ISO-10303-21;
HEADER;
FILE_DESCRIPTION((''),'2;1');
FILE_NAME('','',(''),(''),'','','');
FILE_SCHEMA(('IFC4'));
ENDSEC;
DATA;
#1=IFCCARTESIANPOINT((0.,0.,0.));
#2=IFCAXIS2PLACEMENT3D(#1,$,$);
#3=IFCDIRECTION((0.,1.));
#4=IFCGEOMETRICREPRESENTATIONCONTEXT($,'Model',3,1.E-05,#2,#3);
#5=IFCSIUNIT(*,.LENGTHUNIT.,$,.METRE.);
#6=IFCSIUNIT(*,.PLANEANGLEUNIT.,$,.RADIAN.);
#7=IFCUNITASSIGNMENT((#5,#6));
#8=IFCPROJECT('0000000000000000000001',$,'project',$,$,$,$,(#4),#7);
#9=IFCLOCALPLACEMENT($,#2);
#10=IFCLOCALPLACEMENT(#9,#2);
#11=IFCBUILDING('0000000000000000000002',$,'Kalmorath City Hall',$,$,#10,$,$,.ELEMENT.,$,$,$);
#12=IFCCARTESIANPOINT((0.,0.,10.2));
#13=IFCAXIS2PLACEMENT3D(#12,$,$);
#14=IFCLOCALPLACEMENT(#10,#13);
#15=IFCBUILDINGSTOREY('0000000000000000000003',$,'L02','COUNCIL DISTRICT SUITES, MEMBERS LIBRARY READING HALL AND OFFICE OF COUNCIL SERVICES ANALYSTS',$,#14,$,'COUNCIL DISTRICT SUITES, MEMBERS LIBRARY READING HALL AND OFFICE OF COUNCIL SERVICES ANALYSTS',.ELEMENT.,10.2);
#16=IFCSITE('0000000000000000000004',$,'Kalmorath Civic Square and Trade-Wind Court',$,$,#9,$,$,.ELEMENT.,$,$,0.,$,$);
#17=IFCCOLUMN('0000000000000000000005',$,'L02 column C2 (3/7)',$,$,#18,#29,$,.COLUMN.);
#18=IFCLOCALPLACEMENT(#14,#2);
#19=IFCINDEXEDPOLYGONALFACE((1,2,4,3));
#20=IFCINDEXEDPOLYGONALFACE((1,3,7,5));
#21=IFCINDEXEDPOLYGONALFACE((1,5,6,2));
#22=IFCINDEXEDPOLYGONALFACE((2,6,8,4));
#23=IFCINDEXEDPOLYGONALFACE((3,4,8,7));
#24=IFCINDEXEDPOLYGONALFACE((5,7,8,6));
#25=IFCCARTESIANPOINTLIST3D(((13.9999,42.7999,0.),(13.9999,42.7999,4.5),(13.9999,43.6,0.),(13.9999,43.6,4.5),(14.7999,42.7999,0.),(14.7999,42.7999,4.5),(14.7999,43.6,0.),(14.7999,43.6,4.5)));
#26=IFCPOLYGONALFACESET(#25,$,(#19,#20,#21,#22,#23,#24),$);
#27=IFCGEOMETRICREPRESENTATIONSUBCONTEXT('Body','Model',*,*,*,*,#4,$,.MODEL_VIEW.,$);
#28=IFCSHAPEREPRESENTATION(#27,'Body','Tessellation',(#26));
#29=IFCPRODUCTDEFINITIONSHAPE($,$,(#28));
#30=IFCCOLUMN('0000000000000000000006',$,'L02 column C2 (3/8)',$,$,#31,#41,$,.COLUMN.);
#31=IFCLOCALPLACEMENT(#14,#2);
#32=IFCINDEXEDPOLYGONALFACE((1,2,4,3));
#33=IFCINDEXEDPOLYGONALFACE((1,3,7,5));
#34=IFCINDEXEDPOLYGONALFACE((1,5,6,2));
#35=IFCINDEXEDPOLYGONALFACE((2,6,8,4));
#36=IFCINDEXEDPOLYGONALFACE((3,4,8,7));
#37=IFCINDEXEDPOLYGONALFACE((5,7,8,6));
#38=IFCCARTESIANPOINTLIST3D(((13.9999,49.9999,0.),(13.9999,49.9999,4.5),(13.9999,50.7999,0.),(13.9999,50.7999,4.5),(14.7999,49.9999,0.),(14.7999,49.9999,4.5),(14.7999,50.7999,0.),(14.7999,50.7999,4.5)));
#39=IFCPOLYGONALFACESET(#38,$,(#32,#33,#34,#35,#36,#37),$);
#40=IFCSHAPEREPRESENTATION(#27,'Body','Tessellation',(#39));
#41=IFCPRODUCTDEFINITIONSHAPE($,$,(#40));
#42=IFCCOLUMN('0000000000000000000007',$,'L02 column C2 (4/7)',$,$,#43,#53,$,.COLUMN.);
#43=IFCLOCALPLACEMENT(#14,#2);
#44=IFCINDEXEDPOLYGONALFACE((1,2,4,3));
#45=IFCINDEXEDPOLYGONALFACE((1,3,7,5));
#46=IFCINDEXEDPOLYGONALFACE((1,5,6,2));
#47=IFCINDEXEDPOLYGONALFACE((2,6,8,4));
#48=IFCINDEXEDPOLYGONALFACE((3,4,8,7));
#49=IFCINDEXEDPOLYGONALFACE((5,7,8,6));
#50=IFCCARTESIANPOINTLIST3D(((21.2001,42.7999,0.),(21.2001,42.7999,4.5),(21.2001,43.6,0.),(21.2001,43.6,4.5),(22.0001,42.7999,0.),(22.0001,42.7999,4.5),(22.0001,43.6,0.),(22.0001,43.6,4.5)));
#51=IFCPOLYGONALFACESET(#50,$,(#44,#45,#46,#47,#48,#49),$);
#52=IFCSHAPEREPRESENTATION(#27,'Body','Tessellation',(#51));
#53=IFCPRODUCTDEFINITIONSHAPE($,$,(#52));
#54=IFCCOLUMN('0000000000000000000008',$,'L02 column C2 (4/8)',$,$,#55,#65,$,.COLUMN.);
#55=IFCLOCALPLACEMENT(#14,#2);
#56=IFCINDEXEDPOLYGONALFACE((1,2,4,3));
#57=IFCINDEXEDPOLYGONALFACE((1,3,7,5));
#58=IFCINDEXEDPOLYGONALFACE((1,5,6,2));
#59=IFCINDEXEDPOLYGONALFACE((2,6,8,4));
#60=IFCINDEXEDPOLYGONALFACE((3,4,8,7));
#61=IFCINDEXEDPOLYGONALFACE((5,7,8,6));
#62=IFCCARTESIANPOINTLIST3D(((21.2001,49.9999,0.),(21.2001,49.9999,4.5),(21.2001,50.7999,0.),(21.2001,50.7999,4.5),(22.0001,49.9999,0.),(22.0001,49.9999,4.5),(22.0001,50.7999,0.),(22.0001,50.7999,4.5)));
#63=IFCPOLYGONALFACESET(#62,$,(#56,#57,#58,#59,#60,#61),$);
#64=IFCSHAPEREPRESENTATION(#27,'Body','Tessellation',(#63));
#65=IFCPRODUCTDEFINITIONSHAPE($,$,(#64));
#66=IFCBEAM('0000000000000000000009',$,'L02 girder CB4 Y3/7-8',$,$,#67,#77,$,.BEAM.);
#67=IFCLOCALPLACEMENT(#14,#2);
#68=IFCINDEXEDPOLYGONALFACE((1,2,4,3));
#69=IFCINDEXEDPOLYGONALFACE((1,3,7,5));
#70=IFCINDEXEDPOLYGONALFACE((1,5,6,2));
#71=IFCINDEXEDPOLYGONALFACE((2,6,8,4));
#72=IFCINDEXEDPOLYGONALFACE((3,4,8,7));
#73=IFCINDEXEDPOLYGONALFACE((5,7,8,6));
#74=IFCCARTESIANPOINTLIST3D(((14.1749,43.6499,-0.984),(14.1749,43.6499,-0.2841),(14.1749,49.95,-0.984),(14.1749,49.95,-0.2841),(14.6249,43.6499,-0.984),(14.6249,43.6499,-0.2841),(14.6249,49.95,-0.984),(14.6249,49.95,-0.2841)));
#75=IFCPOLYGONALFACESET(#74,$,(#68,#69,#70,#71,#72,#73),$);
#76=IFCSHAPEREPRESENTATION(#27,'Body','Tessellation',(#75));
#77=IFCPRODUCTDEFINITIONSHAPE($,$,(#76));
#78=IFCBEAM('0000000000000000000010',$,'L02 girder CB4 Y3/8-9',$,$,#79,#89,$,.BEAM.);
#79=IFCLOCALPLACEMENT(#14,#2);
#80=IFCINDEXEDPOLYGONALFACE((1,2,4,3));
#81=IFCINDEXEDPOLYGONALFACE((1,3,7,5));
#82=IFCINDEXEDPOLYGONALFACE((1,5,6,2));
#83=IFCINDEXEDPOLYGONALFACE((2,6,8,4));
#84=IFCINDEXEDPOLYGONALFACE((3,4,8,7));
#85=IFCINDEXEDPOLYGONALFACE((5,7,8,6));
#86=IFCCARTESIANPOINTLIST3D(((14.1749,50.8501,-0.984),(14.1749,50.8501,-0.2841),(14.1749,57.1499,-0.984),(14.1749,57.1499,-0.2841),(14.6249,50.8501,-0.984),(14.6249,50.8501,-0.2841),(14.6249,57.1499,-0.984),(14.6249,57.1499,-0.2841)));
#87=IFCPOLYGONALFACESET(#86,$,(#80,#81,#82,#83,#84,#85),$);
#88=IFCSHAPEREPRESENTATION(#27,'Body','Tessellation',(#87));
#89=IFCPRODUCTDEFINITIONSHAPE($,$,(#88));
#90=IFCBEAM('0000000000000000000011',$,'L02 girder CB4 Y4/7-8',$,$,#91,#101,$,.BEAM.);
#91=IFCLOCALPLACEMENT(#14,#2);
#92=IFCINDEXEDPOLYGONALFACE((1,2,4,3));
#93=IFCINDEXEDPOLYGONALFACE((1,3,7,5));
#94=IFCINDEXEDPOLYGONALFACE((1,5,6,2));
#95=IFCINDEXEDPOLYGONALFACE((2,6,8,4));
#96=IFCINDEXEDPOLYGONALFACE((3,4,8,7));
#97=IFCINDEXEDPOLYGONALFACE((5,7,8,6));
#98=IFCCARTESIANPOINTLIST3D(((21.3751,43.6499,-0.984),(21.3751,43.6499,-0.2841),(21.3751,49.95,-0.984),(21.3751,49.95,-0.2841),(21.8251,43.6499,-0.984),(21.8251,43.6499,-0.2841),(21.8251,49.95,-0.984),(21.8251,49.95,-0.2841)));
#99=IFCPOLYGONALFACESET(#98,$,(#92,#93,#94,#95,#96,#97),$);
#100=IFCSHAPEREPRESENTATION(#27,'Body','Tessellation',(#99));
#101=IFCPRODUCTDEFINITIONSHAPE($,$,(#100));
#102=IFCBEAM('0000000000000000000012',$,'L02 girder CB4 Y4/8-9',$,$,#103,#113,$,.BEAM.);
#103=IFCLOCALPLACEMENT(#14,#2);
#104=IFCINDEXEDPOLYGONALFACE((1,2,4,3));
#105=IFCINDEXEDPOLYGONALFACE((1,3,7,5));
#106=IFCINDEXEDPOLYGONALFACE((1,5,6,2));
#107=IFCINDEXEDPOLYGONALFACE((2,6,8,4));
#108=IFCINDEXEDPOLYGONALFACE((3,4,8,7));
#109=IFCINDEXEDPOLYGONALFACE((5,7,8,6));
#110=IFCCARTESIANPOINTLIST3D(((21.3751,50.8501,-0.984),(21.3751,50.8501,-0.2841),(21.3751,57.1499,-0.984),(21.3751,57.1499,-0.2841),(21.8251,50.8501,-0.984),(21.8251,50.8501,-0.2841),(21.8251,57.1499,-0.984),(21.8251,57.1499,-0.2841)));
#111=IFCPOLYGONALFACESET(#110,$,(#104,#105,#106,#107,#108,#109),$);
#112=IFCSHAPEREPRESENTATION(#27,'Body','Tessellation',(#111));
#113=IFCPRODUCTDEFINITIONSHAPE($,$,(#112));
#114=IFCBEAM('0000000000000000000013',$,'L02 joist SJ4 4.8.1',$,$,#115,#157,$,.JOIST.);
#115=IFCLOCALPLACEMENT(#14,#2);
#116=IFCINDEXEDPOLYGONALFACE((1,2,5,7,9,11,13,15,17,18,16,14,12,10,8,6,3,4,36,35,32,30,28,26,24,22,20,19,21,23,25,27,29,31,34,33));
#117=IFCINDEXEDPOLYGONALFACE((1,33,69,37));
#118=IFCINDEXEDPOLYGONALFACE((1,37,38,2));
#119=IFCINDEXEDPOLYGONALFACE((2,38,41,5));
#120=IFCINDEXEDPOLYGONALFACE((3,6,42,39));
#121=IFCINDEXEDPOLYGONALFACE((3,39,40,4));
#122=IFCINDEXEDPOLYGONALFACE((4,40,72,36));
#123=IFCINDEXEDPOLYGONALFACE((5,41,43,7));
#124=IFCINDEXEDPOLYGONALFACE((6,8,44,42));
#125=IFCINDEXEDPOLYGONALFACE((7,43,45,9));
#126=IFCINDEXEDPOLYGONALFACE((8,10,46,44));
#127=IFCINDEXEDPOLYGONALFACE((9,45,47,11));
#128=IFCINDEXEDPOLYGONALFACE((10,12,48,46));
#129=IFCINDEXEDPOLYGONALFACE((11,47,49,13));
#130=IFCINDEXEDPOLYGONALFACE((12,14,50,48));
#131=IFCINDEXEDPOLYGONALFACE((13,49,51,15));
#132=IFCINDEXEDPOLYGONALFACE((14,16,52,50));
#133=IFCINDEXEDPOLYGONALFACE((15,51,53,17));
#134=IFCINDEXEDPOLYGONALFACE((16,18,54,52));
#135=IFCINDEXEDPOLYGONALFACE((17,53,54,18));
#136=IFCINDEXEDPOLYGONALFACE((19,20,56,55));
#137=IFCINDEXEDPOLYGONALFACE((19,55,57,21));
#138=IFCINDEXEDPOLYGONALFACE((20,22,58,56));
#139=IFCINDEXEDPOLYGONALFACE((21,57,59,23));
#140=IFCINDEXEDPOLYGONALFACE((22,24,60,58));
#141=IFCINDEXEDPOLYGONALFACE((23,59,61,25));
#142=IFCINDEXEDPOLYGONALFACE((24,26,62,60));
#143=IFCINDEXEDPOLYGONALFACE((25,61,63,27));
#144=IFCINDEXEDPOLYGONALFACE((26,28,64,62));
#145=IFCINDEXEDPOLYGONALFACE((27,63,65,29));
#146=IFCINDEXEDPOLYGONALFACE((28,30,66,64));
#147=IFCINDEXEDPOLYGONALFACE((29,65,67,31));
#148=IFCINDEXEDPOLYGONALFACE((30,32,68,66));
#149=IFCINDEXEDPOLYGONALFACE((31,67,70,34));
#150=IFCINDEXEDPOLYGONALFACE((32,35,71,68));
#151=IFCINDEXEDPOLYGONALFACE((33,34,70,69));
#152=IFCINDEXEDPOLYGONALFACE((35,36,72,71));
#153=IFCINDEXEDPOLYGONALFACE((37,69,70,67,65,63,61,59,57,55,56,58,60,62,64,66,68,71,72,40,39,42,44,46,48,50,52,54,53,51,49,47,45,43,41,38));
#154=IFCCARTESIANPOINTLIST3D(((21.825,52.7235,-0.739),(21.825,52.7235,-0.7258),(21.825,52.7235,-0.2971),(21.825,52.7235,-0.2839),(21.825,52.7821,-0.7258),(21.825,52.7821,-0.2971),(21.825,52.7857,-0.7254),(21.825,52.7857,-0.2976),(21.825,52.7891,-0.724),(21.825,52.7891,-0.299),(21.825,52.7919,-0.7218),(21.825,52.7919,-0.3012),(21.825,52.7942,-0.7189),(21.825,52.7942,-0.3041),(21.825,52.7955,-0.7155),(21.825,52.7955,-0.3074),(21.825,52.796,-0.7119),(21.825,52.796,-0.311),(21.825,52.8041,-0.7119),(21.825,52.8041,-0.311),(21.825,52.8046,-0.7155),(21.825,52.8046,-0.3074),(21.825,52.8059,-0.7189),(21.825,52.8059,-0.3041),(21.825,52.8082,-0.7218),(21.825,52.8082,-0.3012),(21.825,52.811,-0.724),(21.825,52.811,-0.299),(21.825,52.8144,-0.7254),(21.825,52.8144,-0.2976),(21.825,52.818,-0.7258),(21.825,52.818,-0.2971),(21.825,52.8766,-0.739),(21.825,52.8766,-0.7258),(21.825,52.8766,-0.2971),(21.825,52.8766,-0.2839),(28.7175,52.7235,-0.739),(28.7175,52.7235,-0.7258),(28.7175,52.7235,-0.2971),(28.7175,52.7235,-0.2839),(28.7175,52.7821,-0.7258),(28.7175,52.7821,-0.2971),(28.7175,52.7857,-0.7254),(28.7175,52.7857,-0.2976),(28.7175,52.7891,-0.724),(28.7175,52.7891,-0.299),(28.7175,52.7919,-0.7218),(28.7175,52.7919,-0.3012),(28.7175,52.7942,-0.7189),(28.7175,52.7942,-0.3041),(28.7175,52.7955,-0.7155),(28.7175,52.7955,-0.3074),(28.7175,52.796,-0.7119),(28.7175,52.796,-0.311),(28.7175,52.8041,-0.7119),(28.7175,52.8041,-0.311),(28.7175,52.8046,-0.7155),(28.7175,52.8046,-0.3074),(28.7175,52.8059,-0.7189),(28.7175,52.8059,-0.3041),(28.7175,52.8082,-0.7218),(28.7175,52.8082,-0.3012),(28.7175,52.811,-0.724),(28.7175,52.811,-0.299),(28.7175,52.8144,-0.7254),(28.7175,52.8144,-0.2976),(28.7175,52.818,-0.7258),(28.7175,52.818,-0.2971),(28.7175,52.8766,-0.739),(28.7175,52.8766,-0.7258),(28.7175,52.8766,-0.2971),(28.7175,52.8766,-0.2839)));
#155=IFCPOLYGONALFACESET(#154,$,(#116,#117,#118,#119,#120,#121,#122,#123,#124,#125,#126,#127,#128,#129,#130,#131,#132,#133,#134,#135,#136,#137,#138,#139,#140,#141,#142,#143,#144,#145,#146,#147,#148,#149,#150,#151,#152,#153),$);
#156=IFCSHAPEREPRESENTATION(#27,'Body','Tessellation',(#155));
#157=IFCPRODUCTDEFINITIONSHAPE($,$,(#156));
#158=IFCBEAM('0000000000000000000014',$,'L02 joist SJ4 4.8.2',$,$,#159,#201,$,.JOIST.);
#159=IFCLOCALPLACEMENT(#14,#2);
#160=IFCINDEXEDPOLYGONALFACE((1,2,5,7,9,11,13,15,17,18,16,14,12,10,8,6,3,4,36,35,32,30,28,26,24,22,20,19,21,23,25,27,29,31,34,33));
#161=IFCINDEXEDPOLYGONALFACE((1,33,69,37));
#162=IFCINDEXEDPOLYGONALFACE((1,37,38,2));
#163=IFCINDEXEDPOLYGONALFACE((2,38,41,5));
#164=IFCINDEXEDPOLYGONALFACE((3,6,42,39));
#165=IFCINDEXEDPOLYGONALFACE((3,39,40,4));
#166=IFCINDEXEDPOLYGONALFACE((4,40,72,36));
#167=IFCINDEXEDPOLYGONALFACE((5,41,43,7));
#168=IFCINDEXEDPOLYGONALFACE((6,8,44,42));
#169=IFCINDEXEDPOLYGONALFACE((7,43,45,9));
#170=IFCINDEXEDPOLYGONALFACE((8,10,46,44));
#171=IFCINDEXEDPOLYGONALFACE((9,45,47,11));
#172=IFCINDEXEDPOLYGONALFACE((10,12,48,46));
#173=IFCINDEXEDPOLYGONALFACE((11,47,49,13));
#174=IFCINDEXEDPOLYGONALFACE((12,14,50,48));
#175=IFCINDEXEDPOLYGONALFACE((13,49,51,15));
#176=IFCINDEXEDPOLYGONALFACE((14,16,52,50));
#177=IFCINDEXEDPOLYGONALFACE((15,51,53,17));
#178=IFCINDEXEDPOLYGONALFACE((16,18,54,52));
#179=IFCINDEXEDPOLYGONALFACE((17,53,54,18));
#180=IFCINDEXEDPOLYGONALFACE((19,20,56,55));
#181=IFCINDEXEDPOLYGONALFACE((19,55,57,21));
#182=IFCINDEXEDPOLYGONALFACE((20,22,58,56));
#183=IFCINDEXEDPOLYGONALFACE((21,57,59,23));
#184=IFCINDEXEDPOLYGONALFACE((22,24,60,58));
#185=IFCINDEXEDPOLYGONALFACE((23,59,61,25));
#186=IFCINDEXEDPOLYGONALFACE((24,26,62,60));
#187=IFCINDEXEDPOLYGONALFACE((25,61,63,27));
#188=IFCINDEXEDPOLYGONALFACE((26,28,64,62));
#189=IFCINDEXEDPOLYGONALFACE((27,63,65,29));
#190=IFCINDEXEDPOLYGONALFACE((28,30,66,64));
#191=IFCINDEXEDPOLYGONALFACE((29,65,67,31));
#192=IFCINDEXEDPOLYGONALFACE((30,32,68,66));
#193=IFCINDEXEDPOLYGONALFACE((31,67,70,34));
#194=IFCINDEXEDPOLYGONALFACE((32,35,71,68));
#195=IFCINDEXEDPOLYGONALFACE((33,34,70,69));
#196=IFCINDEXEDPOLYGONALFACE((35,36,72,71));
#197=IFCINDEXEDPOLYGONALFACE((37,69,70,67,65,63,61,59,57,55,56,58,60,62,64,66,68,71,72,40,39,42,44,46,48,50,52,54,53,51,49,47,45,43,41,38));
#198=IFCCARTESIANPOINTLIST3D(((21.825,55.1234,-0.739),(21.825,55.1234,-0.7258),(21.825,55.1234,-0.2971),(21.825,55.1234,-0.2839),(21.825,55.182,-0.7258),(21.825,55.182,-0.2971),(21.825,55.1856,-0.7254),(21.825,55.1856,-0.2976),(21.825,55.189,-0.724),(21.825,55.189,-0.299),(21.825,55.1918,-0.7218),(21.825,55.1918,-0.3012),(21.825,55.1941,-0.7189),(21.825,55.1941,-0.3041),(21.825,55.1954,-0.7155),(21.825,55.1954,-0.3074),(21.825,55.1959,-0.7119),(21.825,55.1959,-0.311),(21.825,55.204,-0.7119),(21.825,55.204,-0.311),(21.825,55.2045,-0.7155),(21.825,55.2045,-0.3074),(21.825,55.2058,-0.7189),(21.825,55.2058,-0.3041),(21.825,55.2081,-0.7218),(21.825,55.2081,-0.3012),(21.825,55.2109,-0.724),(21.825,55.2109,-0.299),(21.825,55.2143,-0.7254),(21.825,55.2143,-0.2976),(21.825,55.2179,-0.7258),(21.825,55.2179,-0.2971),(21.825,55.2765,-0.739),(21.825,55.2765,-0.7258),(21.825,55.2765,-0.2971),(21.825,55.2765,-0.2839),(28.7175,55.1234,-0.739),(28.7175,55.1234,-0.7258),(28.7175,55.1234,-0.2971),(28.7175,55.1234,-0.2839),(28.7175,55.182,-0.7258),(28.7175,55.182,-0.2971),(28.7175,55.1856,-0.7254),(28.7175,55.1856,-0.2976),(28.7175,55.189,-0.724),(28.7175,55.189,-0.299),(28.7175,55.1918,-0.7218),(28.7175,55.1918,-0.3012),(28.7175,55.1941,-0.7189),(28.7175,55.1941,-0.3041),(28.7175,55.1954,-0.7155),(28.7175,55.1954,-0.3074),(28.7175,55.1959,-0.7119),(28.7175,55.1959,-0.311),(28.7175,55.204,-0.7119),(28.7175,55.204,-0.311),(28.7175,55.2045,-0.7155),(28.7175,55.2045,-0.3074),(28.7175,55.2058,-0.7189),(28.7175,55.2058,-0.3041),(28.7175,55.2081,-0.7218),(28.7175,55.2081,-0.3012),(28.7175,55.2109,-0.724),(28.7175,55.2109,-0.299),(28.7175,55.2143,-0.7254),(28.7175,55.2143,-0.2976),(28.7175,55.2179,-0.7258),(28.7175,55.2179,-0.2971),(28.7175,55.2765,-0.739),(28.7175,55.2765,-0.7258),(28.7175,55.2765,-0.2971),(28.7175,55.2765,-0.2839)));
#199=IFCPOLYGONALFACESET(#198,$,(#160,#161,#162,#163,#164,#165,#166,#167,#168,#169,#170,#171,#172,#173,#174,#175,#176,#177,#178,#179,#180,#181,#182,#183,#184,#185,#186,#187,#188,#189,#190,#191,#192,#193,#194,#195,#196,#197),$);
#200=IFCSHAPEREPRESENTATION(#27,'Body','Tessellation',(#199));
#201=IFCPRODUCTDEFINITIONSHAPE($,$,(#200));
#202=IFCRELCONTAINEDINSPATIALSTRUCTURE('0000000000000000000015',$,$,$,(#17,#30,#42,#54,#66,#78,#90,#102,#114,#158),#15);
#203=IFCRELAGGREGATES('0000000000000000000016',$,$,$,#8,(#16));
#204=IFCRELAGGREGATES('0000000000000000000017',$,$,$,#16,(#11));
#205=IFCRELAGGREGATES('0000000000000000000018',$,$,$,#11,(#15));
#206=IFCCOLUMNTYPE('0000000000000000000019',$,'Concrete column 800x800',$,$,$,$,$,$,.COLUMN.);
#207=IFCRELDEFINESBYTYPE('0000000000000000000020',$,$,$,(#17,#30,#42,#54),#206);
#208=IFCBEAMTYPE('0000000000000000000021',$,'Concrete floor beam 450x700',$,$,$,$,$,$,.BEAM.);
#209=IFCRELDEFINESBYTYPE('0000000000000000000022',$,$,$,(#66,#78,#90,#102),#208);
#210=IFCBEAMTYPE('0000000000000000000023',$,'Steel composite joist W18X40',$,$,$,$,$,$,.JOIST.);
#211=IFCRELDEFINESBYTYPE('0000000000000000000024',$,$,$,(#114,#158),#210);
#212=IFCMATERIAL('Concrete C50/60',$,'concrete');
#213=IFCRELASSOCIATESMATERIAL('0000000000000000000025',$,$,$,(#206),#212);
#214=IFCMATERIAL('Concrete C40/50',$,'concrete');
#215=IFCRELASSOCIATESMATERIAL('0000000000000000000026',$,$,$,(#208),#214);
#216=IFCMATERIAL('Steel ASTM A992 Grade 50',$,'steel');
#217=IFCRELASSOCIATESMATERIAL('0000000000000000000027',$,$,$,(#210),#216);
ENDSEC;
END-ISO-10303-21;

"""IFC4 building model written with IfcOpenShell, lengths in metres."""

from ifc_helpers import new_model, si_unit, direction, frame, origin, origin_2d, place, context, subcontext, project, spatial, rectangle, i_section, extrude, material, material_profile, profile_set, type_object, element, save


model = new_model("IFC4")

# Units and contexts
model_context = context("Model", 3, precision=1e-05, world=origin(), true_north=direction((0.0, 1.0)))
body_context = subcontext(model_context, "Body", "Model", "MODEL_VIEW")
ifc_project = project(units=[si_unit("LENGTHUNIT", "METRE"), si_unit("PLANEANGLEUNIT", "RADIAN")], contexts=[model_context])

# Site, building, storey
site_placement = place(None, origin())
site = spatial("IfcSite", under=ifc_project, at=site_placement, Name="Kalmorath Civic Square and Trade-Wind Court", CompositionType="ELEMENT", RefElevation=0.0)
building_placement = place(site_placement, origin())
building = spatial("IfcBuilding", under=site, at=building_placement, Name="Kalmorath City Hall", CompositionType="ELEMENT")
storey_placement = place(building_placement, frame((0.0, 0.0, 10.2)))
storey = spatial("IfcBuildingStorey", under=building, at=storey_placement, Name="L02", Description="COUNCIL DISTRICT SUITES, MEMBERS LIBRARY READING HALL AND OFFICE OF COUNCIL SERVICES ANALYSTS", LongName="COUNCIL DISTRICT SUITES, MEMBERS LIBRARY READING HALL AND OFFICE OF COUNCIL SERVICES ANALYSTS", CompositionType="ELEMENT", Elevation=10.2)

# Columns
ifc_material_1 = material(Name="Concrete C50/60", Category="concrete")
ifc_material_profile_1 = material_profile(ifc_material_1, rectangle(XDim=0.8, YDim=0.8, at=origin_2d()), Name="RC-COL-800X800")
ifc_profile_set_1 = profile_set([ifc_material_profile_1], Name="Concrete C50/60")
column_type = type_object("IfcColumnType", Name="Concrete column 800x800", PredefinedType="COLUMN", material=ifc_profile_set_1)
for number, where, z_axis, x_axis, name in (
    (1, (14.3999, 43.2, 0.0), (0.0, 0.0, 1.0), (1.0, 0.0, 0.0), "L02 column C2 (3/7)"),
    (2, (14.3999, 50.3999, 0.0), (0.0, 0.0, 1.0), (1.0, 0.0, 0.0), "L02 column C2 (3/8)"),
    (3, (21.6001, 43.2, 0.0), (0.0, 0.0, 1.0), (1.0, 0.0, 0.0), "L02 column C2 (4/7)"),
    (4, (21.6001, 50.3999, 0.0), (0.0, 0.0, 1.0), (1.0, 0.0, 0.0), "L02 column C2 (4/8)"),
):
    element("IfcColumn", number, at=place(storey_placement, frame(where, z_axis=z_axis, x_axis=x_axis)), inside=storey, type_object=column_type, Name=name, PredefinedType="COLUMN", context=body_context, shape_type="SweptSolid", body=[
        extrude(rectangle(XDim=0.8, YDim=0.8, at=origin_2d()), origin(), (0.0, 0.0, 1.0), 4.5),
    ])

# Beams
ifc_material_2 = material(Name="Concrete C40/50", Category="concrete")
ifc_material_profile_2 = material_profile(ifc_material_2, rectangle(XDim=0.45, YDim=0.7, at=origin_2d()), Name="RC-BM-450X700")
ifc_profile_set_2 = profile_set([ifc_material_profile_2], Name="Concrete C40/50")
beam_type_1 = type_object("IfcBeamType", Name="Concrete floor beam 450x700", PredefinedType="BEAM", material=ifc_profile_set_2)
beam_1_placement = place(storey_placement, frame((14.3999, 43.6499, -0.634), z_axis=(0.0, 1.0, 0.0), x_axis=(-1.0, 0.0, 0.0)))
element("IfcBeam", 5, at=beam_1_placement, inside=storey, type_object=beam_type_1, Name="L02 girder CB4 Y3/7-8", PredefinedType="BEAM", context=body_context, shape_type="SweptSolid", body=[
    extrude(rectangle(XDim=0.45, YDim=0.7, at=origin_2d()), origin(), (0.0, 0.0, 1.0), 6.3),
])
beam_2_placement = place(storey_placement, frame((14.3999, 50.8501, -0.634), z_axis=(0.0, 1.0, 0.0), x_axis=(-1.0, 0.0, 0.0)))
element("IfcBeam", 6, at=beam_2_placement, inside=storey, type_object=beam_type_1, Name="L02 girder CB4 Y3/8-9", PredefinedType="BEAM", context=body_context, shape_type="SweptSolid", body=[
    extrude(rectangle(XDim=0.45, YDim=0.7, at=origin_2d()), origin(), (0.0, 0.0, 1.0), 6.2998),
])
beam_3_placement = place(storey_placement, frame((21.6001, 43.6499, -0.634), z_axis=(0.0, 1.0, 0.0), x_axis=(-1.0, 0.0, 0.0)))
element("IfcBeam", 7, at=beam_3_placement, inside=storey, type_object=beam_type_1, Name="L02 girder CB4 Y4/7-8", PredefinedType="BEAM", context=body_context, shape_type="SweptSolid", body=[
    extrude(rectangle(XDim=0.45, YDim=0.7, at=origin_2d()), origin(), (0.0, 0.0, 1.0), 6.3),
])
beam_4_placement = place(storey_placement, frame((21.6001, 50.8501, -0.634), z_axis=(0.0, 1.0, 0.0), x_axis=(-1.0, 0.0, 0.0)))
element("IfcBeam", 8, at=beam_4_placement, inside=storey, type_object=beam_type_1, Name="L02 girder CB4 Y4/8-9", PredefinedType="BEAM", context=body_context, shape_type="SweptSolid", body=[
    extrude(rectangle(XDim=0.45, YDim=0.7, at=origin_2d()), origin(), (0.0, 0.0, 1.0), 6.2998),
])
ifc_material_3 = material(Name="Steel ASTM A992 Grade 50", Category="steel")
ifc_material_profile_3 = material_profile(ifc_material_3, i_section(OverallWidth=0.1531, OverallDepth=0.4551, WebThickness=0.0081, FlangeThickness=0.0132, FilletRadius=0.0139, at=origin_2d()), Name="W18X40")
ifc_profile_set_3 = profile_set([ifc_material_profile_3], Name="Steel ASTM A992 Grade 50")
beam_type_2 = type_object("IfcBeamType", Name="Steel composite joist W18X40", PredefinedType="JOIST", material=ifc_profile_set_3)
for number, where, z_axis, x_axis, name in (
    (9, (21.825, 52.8, -0.5115), (1.0, 0.0, 0.0), (0.0, 1.0, 0.0), "L02 joist SJ4 4.8.1"),
    (10, (21.825, 55.2, -0.5115), (1.0, 0.0, 0.0), (0.0, 1.0, 0.0), "L02 joist SJ4 4.8.2"),
):
    element("IfcBeam", number, at=place(storey_placement, frame(where, z_axis=z_axis, x_axis=x_axis)), inside=storey, type_object=beam_type_2, Name=name, PredefinedType="JOIST", context=body_context, shape_type="SweptSolid", body=[
        extrude(i_section(OverallWidth=0.1531, OverallDepth=0.4551, WebThickness=0.0081, FlangeThickness=0.0132, FilletRadius=0.0139, at=origin_2d()), origin(), (0.0, 0.0, 1.0), 6.8926),
    ])

save(model, "model.ifc")
